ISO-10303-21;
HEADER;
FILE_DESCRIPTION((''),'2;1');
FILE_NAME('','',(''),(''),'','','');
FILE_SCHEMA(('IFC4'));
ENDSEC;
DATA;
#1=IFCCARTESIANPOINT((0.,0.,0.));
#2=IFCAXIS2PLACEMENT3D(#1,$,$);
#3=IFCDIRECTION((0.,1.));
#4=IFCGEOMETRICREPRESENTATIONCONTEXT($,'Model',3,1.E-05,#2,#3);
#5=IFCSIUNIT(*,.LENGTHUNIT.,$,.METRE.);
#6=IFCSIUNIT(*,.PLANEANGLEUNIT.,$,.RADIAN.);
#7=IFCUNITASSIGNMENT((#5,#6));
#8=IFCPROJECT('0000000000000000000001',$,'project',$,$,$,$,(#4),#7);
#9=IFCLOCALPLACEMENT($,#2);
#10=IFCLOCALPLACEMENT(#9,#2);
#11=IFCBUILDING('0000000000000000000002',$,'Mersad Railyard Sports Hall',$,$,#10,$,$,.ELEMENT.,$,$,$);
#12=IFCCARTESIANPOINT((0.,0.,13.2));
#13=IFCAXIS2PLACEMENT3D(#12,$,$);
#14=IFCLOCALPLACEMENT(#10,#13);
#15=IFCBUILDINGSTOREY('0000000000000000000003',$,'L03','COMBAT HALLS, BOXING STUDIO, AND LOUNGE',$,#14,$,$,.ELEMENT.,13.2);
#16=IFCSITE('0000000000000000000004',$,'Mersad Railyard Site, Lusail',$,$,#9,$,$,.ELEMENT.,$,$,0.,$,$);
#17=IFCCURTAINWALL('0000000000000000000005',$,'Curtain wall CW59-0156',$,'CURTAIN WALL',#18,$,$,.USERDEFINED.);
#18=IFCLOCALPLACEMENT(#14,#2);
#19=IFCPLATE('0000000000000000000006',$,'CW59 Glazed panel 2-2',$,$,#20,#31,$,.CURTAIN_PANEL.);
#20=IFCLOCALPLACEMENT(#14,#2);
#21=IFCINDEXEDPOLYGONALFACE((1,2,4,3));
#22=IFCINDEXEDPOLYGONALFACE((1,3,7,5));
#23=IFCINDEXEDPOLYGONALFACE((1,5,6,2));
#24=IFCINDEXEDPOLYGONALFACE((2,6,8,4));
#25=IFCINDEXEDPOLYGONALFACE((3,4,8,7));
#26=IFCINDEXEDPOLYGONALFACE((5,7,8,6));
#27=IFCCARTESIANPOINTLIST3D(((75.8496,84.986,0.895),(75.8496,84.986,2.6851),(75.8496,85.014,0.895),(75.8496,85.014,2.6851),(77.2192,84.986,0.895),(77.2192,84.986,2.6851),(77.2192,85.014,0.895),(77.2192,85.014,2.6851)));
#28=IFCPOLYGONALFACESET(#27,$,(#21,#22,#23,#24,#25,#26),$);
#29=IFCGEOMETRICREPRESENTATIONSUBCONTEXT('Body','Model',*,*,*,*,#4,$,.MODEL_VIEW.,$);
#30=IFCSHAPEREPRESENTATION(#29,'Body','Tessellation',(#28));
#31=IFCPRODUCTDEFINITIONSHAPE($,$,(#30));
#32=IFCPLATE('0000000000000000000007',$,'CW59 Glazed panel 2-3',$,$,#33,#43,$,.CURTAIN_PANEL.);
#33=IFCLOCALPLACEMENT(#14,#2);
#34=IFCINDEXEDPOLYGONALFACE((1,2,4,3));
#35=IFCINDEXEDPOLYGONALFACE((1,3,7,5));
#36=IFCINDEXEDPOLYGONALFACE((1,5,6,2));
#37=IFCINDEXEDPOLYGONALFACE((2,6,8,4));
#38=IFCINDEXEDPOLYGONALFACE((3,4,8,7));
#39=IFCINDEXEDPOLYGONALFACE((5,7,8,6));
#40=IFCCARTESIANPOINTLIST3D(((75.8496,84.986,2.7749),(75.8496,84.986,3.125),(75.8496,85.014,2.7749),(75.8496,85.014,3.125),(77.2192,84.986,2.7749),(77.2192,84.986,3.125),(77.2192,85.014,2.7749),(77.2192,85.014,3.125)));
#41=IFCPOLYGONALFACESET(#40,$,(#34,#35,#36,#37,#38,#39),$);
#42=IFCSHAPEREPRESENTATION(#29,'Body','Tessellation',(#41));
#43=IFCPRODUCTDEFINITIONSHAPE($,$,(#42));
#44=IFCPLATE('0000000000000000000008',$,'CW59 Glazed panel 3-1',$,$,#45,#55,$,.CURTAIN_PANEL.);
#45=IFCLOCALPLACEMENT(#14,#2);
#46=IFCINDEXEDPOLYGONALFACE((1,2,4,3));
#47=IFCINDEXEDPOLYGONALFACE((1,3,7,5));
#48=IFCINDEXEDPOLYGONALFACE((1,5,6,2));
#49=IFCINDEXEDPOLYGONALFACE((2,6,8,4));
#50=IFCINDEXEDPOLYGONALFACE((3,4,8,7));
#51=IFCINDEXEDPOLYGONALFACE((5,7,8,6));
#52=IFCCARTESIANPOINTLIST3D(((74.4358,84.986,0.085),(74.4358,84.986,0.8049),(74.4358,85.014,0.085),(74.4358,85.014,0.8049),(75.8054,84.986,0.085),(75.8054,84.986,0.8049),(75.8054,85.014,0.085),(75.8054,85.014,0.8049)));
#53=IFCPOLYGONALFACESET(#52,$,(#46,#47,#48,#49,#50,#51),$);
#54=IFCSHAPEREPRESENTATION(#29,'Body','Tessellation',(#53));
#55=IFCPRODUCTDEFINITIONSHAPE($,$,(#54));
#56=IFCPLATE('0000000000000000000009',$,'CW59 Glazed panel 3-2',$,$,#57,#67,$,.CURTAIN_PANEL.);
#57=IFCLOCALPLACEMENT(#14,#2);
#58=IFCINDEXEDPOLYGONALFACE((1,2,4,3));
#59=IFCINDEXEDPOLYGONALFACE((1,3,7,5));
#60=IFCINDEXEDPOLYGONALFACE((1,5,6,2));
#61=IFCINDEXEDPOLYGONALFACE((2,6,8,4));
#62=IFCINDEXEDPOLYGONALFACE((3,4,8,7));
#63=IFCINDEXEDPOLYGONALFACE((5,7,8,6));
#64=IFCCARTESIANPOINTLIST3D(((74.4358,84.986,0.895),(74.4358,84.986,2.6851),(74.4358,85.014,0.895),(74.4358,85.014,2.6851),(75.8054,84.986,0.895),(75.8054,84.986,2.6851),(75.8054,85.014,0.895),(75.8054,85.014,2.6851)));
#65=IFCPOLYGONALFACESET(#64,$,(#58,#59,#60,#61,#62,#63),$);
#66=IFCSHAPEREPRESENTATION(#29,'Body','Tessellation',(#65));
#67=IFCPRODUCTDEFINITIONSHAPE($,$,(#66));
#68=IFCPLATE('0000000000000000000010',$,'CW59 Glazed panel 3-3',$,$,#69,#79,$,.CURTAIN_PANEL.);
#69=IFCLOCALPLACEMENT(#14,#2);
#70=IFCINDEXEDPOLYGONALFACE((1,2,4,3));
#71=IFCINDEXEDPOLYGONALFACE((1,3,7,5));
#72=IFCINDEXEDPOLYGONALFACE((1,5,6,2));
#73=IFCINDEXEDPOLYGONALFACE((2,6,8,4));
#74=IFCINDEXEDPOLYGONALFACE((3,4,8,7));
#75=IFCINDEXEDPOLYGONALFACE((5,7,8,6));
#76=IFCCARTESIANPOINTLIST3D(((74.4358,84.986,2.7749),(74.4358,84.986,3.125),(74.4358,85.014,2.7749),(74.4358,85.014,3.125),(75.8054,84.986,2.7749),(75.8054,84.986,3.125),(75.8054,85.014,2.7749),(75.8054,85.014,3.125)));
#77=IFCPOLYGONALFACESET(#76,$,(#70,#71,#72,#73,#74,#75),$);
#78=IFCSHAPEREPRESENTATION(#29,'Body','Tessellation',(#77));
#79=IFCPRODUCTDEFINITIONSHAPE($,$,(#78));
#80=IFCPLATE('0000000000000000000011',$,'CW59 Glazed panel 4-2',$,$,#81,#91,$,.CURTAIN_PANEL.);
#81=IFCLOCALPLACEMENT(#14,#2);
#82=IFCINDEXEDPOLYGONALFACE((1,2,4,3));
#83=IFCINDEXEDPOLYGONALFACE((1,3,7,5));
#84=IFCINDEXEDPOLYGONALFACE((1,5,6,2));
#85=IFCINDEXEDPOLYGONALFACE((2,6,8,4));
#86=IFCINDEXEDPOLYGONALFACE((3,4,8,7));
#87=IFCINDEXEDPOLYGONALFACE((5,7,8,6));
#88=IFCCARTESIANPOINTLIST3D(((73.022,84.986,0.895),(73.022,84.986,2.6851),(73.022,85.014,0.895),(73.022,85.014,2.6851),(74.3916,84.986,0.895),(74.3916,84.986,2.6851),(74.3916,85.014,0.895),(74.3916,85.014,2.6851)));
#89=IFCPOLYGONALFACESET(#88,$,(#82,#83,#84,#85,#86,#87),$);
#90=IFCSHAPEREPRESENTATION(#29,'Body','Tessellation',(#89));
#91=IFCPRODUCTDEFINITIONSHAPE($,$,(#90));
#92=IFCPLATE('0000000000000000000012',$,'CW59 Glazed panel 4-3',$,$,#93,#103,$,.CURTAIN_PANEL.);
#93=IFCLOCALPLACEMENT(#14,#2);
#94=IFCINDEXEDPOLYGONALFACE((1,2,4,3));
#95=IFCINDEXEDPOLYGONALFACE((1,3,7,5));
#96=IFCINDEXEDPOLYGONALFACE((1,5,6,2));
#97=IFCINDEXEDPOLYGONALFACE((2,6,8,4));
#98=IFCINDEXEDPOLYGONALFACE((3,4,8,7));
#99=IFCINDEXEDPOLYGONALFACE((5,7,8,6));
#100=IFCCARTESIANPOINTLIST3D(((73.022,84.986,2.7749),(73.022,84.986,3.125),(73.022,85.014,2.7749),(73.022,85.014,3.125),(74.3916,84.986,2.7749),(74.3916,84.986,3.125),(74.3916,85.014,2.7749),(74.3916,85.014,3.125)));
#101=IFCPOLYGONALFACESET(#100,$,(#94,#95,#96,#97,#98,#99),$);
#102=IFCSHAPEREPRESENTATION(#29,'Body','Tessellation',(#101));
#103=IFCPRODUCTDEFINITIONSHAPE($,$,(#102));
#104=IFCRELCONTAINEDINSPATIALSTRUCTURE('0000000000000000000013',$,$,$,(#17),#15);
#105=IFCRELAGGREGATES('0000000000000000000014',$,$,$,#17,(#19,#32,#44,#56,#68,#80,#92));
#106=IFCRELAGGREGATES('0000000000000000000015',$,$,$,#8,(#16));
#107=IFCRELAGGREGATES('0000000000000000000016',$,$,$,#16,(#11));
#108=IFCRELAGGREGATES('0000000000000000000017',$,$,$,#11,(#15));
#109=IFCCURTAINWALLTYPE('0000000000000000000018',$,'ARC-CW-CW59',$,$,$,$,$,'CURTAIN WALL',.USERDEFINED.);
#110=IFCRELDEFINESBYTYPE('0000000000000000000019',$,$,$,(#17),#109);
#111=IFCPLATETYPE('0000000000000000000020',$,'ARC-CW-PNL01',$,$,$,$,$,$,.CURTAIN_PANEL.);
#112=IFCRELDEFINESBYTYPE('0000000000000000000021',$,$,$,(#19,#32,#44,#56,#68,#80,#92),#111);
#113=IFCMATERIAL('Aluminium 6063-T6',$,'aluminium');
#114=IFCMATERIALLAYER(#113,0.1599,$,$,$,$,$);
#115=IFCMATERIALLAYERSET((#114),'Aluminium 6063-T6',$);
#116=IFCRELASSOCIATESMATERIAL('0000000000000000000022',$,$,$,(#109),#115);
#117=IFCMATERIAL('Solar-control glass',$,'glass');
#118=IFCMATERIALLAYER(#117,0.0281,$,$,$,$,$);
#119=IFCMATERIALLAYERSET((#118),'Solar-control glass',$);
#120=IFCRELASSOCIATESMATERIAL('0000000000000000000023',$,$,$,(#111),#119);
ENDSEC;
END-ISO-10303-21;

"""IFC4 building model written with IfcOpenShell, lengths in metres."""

from ifc_helpers import new_model, si_unit, direction, frame, origin, origin_2d, place, context, subcontext, project, spatial, rectangle, extrude, material, layer, layer_set, type_object, element, aggregate, save


model = new_model("IFC4")

# Units and contexts
model_context = context("Model", 3, precision=1e-05, world=origin(), true_north=direction((0.0, 1.0)))
body_context = subcontext(model_context, "Body", "Model", "MODEL_VIEW")
ifc_project = project(units=[si_unit("LENGTHUNIT", "METRE"), si_unit("PLANEANGLEUNIT", "RADIAN")], contexts=[model_context])

# Site, building, storey
site_placement = place(None, origin())
site = spatial("IfcSite", under=ifc_project, at=site_placement, Name="Mersad Railyard Site, Lusail", CompositionType="ELEMENT", RefElevation=0.0)
building_placement = place(site_placement, origin())
building = spatial("IfcBuilding", under=site, at=building_placement, Name="Mersad Railyard Sports Hall", CompositionType="ELEMENT")
storey_placement = place(building_placement, frame((0.0, 0.0, 13.2)))
storey = spatial("IfcBuildingStorey", under=building, at=storey_placement, Name="L03", Description="COMBAT HALLS, BOXING STUDIO, AND LOUNGE", CompositionType="ELEMENT", Elevation=13.2)

# Curtain wall, plates
ifc_material_1 = material(Name="Aluminium 6063-T6", Category="aluminium")
ifc_layer_1 = layer(ifc_material_1, 0.1599)
ifc_layer_set_1 = layer_set([ifc_layer_1], Name="Aluminium 6063-T6")
curtain_wall_type = type_object("IfcCurtainWallType", Name="ARC-CW-CW59", ElementType="CURTAIN WALL", PredefinedType="USERDEFINED", material=ifc_layer_set_1)
curtain_wall_placement = place(storey_placement, origin())
curtain_wall = element("IfcCurtainWall", 1, at=curtain_wall_placement, inside=storey, type_object=curtain_wall_type, Name="Curtain wall CW59-0156", ObjectType="CURTAIN WALL", PredefinedType="USERDEFINED")
ifc_material_2 = material(Name="Solar-control glass", Category="glass")
ifc_layer_2 = layer(ifc_material_2, 0.0281)
ifc_layer_set_2 = layer_set([ifc_layer_2], Name="Solar-control glass")
plate_type = type_object("IfcPlateType", Name="ARC-CW-PNL01", PredefinedType="CURTAIN_PANEL", material=ifc_layer_set_2)
plate_1_placement = place(storey_placement, frame((76.5344, 85.0, 0.895), z_axis=(0.0, 0.0, 1.0), x_axis=(-1.0, 0.0, 0.0)))
plate_1 = element("IfcPlate", 2, at=plate_1_placement, type_object=plate_type, Name="CW59 Glazed panel 2-2", PredefinedType="CURTAIN_PANEL", context=body_context, shape_type="SweptSolid", body=[
    extrude(rectangle(XDim=1.3696, YDim=0.0281, at=origin_2d()), origin(), (0.0, 0.0, 1.0), 1.79),
])
plate_2_placement = place(storey_placement, frame((76.5344, 85.0, 2.7749), z_axis=(0.0, 0.0, 1.0), x_axis=(-1.0, 0.0, 0.0)))
plate_2 = element("IfcPlate", 3, at=plate_2_placement, type_object=plate_type, Name="CW59 Glazed panel 2-3", PredefinedType="CURTAIN_PANEL", context=body_context, shape_type="SweptSolid", body=[
    extrude(rectangle(XDim=1.3696, YDim=0.0281, at=origin_2d()), origin(), (0.0, 0.0, 1.0), 0.3501),
])
plate_3_placement = place(storey_placement, frame((75.1206, 85.0, 0.085), z_axis=(0.0, 0.0, 1.0), x_axis=(-1.0, 0.0, 0.0)))
plate_3 = element("IfcPlate", 4, at=plate_3_placement, type_object=plate_type, Name="CW59 Glazed panel 3-1", PredefinedType="CURTAIN_PANEL", context=body_context, shape_type="SweptSolid", body=[
    extrude(rectangle(XDim=1.3696, YDim=0.0281, at=origin_2d()), origin(), (0.0, 0.0, 1.0), 0.72),
])
plate_4_placement = place(storey_placement, frame((75.1206, 85.0, 0.895), z_axis=(0.0, 0.0, 1.0), x_axis=(-1.0, 0.0, 0.0)))
plate_4 = element("IfcPlate", 5, at=plate_4_placement, type_object=plate_type, Name="CW59 Glazed panel 3-2", PredefinedType="CURTAIN_PANEL", context=body_context, shape_type="SweptSolid", body=[
    extrude(rectangle(XDim=1.3696, YDim=0.0281, at=origin_2d()), origin(), (0.0, 0.0, 1.0), 1.79),
])
plate_5_placement = place(storey_placement, frame((75.1206, 85.0, 2.7749), z_axis=(0.0, 0.0, 1.0), x_axis=(-1.0, 0.0, 0.0)))
plate_5 = element("IfcPlate", 6, at=plate_5_placement, type_object=plate_type, Name="CW59 Glazed panel 3-3", PredefinedType="CURTAIN_PANEL", context=body_context, shape_type="SweptSolid", body=[
    extrude(rectangle(XDim=1.3696, YDim=0.0281, at=origin_2d()), origin(), (0.0, 0.0, 1.0), 0.3501),
])
plate_6_placement = place(storey_placement, frame((73.7068, 85.0, 0.895), z_axis=(0.0, 0.0, 1.0), x_axis=(-1.0, 0.0, 0.0)))
plate_6 = element("IfcPlate", 7, at=plate_6_placement, type_object=plate_type, Name="CW59 Glazed panel 4-2", PredefinedType="CURTAIN_PANEL", context=body_context, shape_type="SweptSolid", body=[
    extrude(rectangle(XDim=1.3696, YDim=0.0281, at=origin_2d()), origin(), (0.0, 0.0, 1.0), 1.79),
])
plate_7_placement = place(storey_placement, frame((73.7068, 85.0, 2.7749), z_axis=(0.0, 0.0, 1.0), x_axis=(-1.0, 0.0, 0.0)))
plate_7 = element("IfcPlate", 8, at=plate_7_placement, type_object=plate_type, Name="CW59 Glazed panel 4-3", PredefinedType="CURTAIN_PANEL", context=body_context, shape_type="SweptSolid", body=[
    extrude(rectangle(XDim=1.3696, YDim=0.0281, at=origin_2d()), origin(), (0.0, 0.0, 1.0), 0.3501),
])
aggregate(curtain_wall, [plate_1, plate_2, plate_3, plate_4, plate_5, plate_6, plate_7])

save(model, "model.ifc")
